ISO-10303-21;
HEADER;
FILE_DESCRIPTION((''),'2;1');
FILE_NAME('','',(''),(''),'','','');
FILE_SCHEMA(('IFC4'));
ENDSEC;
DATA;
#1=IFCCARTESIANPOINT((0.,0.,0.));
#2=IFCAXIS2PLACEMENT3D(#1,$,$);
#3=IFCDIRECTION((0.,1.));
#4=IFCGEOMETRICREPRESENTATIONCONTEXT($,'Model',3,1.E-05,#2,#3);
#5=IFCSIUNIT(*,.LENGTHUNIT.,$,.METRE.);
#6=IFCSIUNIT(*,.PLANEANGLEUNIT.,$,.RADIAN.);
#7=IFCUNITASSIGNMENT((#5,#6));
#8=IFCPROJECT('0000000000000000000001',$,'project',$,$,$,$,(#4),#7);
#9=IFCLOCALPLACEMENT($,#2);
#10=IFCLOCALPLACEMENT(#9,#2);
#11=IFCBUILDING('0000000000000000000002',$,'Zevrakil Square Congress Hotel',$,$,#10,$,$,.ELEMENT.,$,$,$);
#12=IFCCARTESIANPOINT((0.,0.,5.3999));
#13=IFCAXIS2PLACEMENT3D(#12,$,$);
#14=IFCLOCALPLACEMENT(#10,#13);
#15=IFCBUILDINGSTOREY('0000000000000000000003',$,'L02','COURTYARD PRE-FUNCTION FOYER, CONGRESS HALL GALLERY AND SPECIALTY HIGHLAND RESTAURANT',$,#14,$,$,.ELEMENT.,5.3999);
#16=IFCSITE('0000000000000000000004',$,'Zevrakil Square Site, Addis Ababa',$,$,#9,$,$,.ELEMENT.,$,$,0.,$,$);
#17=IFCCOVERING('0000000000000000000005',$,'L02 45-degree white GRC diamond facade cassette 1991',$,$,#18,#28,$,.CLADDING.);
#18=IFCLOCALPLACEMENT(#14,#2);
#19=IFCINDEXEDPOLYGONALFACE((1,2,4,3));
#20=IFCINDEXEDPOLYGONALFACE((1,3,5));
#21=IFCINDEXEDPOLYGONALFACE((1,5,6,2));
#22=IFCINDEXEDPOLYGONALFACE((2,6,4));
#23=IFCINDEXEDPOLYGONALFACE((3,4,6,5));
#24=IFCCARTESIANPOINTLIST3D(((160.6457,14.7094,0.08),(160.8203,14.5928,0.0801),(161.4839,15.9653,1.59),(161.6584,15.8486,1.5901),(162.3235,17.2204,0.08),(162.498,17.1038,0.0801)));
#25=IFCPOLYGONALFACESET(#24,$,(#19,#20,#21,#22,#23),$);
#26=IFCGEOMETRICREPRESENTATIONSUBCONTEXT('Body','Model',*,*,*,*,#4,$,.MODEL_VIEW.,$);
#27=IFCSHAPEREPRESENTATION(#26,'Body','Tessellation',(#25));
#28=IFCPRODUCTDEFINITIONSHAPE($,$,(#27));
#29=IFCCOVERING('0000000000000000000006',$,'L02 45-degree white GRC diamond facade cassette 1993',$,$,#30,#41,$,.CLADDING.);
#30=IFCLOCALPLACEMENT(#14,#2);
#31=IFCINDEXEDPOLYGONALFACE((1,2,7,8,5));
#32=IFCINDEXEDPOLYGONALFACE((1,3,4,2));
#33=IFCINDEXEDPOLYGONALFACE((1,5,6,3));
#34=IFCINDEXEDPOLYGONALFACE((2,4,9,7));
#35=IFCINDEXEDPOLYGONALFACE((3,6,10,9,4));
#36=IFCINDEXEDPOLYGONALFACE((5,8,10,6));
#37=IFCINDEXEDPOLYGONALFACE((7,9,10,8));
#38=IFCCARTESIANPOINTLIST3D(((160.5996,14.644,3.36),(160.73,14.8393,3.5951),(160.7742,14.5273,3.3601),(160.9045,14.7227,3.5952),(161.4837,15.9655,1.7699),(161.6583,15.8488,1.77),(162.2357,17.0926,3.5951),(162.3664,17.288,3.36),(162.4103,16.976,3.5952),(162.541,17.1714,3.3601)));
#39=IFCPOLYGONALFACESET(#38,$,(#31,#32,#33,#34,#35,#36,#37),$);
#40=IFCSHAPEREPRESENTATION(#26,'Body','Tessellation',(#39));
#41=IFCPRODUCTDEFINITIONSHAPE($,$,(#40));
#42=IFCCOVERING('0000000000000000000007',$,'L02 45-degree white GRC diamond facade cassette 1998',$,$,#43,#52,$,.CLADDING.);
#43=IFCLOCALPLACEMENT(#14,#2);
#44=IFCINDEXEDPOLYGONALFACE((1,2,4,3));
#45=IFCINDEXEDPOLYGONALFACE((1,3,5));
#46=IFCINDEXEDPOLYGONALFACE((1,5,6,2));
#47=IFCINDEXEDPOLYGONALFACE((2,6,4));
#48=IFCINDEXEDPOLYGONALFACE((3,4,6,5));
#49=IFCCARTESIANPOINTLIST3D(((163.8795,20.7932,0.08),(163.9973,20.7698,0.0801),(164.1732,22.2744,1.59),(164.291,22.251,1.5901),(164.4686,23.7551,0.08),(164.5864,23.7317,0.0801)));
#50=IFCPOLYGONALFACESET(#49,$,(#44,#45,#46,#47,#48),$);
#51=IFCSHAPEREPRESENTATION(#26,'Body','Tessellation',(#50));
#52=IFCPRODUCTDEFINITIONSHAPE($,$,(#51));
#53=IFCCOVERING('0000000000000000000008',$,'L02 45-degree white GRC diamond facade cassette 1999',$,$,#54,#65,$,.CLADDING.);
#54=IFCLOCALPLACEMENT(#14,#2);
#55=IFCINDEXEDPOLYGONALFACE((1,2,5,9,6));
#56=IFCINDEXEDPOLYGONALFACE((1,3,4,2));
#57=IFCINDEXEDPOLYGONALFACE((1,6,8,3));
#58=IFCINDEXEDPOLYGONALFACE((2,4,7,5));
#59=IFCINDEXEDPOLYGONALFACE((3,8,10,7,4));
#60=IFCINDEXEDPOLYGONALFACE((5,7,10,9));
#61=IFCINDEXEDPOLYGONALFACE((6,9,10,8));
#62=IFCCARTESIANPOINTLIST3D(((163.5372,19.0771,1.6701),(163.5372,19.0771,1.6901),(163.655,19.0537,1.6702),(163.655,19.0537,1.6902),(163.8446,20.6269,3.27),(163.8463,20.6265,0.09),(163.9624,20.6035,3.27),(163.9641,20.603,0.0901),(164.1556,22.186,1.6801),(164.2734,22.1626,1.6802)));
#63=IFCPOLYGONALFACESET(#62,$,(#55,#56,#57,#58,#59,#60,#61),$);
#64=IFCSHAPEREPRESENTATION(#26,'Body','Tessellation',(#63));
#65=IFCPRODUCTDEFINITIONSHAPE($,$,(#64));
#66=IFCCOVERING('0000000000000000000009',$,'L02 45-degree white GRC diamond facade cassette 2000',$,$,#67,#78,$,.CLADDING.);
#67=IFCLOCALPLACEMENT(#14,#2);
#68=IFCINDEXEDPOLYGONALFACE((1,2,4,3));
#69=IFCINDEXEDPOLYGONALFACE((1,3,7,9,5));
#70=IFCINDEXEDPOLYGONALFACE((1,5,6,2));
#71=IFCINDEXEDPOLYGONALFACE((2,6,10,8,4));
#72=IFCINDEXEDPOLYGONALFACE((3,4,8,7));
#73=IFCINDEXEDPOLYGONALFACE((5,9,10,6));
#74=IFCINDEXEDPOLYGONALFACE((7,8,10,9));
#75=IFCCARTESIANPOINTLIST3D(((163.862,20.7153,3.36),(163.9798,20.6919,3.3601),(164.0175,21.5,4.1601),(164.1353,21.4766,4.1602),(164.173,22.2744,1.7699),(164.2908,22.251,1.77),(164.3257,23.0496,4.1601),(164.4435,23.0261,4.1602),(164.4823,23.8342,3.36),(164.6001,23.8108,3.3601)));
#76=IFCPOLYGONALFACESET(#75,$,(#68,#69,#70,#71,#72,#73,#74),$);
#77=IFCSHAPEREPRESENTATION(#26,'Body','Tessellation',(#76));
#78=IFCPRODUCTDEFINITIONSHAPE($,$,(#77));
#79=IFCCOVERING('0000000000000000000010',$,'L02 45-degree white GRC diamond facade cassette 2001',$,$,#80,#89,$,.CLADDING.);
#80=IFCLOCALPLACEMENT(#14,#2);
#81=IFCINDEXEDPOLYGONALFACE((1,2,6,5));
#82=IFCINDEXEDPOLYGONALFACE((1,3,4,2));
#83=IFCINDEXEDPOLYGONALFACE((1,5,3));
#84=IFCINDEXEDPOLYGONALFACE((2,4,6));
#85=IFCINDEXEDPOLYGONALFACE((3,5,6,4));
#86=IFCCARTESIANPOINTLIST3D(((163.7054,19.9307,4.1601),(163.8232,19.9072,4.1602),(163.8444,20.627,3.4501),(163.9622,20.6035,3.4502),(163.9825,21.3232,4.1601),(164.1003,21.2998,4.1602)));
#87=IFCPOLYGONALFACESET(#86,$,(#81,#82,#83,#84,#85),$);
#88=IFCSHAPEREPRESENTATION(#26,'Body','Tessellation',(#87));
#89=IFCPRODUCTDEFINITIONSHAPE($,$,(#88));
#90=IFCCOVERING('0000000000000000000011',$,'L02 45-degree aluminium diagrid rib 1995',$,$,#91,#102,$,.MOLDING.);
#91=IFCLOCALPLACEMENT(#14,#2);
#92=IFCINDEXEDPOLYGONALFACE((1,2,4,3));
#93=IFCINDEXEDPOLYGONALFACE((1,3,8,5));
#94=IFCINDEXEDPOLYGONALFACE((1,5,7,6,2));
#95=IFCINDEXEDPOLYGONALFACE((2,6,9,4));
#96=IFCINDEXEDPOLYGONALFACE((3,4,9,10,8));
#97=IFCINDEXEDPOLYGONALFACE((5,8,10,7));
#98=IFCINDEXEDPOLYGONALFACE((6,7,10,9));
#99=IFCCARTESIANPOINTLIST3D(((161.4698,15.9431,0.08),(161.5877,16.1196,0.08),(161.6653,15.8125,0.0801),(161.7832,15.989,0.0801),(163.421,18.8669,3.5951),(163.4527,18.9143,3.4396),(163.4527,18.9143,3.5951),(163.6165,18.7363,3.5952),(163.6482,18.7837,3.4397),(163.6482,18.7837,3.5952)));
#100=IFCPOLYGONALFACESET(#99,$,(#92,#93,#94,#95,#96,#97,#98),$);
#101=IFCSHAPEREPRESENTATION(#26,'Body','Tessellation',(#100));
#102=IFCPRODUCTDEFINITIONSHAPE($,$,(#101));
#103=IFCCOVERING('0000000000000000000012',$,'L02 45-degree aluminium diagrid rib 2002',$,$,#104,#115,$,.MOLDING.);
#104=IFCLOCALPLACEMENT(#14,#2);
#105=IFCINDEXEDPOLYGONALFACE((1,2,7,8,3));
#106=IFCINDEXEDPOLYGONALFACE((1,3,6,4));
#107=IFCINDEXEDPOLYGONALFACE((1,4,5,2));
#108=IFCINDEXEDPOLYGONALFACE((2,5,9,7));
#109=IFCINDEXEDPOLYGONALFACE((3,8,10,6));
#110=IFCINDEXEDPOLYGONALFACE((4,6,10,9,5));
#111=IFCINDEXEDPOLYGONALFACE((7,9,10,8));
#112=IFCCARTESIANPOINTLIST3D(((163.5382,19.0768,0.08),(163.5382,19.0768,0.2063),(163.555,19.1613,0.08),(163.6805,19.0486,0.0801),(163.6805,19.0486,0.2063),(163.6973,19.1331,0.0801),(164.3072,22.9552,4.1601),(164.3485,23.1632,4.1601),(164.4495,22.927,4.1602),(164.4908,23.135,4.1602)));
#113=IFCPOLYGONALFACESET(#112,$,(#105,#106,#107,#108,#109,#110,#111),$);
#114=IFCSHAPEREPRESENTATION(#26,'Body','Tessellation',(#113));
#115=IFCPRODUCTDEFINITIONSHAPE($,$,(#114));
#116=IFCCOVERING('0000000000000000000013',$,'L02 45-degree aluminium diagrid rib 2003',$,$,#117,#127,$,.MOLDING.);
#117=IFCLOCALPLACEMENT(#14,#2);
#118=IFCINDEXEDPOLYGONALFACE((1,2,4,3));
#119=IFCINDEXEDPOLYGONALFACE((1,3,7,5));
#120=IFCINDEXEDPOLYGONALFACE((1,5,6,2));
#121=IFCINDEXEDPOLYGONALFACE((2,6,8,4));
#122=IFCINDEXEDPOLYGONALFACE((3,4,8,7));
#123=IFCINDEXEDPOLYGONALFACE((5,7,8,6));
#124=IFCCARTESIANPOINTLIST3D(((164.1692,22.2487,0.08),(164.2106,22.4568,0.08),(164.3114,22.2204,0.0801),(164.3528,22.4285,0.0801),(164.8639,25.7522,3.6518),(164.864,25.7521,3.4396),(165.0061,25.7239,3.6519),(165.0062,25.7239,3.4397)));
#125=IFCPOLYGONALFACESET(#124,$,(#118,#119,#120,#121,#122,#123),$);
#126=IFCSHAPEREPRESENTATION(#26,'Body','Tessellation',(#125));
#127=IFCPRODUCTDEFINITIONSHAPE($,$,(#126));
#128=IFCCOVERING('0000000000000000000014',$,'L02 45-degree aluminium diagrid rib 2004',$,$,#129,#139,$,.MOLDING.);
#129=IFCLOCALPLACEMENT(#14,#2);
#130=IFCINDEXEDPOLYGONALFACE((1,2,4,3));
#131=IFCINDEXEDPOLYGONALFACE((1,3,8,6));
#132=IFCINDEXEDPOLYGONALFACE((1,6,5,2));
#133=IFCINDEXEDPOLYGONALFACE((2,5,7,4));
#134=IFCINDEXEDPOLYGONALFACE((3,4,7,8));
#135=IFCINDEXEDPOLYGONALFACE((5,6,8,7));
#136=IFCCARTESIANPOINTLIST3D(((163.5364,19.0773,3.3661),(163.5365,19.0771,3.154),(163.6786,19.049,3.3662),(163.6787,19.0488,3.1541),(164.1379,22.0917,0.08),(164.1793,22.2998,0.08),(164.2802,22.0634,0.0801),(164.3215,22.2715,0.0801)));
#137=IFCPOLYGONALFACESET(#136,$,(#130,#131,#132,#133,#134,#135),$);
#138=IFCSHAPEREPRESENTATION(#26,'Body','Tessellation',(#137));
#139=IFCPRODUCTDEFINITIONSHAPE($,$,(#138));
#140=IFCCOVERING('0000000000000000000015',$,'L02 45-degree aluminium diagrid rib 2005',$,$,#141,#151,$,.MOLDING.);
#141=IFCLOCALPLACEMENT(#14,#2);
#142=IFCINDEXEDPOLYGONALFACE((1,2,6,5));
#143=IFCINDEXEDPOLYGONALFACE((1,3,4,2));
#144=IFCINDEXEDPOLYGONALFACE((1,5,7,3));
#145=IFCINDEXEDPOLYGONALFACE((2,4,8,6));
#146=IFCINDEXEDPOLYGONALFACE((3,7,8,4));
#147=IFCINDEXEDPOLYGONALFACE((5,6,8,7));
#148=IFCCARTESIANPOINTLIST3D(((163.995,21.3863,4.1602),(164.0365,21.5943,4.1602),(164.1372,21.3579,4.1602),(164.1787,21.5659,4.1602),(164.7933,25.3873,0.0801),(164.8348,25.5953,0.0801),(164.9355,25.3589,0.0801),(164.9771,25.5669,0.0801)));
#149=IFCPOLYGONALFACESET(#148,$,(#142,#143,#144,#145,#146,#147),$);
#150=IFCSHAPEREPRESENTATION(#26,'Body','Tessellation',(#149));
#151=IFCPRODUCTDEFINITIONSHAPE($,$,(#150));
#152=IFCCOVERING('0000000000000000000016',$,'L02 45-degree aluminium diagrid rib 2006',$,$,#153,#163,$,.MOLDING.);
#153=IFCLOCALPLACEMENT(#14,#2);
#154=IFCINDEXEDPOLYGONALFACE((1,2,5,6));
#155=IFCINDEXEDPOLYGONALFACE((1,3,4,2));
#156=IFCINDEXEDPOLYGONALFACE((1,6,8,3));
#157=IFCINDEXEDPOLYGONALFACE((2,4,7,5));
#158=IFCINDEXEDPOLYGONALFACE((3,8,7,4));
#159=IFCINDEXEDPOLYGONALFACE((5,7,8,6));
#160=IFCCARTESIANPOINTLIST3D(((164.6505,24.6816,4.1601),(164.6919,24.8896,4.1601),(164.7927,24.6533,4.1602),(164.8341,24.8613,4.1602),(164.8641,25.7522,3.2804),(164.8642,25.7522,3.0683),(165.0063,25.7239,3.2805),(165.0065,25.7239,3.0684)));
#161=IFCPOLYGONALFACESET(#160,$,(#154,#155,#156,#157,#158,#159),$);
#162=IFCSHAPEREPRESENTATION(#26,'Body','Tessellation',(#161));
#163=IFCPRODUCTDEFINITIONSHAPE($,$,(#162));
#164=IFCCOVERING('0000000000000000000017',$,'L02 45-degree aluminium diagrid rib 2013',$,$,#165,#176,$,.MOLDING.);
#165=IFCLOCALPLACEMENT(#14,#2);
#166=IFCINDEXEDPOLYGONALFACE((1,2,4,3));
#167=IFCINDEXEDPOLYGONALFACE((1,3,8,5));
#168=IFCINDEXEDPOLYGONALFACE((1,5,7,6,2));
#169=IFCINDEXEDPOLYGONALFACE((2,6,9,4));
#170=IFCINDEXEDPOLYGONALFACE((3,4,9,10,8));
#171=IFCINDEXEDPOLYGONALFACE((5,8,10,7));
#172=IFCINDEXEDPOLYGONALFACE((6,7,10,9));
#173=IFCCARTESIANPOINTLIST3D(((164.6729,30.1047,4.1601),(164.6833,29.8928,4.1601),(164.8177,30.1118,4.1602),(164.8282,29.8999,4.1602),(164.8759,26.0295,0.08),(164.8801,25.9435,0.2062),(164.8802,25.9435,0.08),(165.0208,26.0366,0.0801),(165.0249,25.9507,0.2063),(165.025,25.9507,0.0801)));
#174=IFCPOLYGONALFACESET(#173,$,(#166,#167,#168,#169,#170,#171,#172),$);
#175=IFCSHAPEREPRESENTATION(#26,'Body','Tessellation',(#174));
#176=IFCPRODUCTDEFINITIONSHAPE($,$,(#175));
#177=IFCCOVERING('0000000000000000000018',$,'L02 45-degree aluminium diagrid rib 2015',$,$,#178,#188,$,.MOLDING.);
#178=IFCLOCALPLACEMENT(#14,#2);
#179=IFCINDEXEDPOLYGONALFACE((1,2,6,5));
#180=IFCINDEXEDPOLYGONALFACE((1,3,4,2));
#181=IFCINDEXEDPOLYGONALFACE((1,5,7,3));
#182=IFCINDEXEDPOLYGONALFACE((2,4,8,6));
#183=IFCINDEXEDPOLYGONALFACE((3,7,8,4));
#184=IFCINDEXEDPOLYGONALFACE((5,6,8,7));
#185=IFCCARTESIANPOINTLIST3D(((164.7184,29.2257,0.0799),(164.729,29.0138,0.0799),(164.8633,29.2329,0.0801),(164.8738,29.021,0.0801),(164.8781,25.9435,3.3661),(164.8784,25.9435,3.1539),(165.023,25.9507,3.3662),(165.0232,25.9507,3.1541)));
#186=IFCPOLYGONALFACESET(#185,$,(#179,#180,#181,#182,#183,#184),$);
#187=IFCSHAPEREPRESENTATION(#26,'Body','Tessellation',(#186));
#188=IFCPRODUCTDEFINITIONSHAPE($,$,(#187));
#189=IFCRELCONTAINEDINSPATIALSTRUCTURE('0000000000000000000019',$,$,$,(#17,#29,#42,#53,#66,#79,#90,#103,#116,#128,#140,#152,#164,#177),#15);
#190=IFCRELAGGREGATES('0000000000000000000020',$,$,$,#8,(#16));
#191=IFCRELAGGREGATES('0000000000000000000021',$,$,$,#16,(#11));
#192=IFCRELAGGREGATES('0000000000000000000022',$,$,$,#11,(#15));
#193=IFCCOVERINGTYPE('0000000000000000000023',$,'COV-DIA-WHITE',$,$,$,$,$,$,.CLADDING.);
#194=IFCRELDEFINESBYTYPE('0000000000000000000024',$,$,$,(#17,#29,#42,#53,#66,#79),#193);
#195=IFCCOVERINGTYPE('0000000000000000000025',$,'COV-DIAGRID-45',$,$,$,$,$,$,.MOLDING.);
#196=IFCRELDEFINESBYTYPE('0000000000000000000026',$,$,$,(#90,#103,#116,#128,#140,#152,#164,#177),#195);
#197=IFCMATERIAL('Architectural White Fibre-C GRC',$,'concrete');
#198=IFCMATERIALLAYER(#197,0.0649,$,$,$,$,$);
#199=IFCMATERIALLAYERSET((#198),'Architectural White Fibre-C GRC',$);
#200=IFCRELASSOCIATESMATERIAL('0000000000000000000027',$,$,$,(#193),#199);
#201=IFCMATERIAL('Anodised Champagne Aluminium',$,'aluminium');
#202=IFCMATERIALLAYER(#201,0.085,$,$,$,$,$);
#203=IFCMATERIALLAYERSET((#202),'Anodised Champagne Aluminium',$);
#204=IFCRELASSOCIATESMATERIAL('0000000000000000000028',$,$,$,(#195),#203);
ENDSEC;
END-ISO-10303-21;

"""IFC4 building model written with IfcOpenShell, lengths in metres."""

from ifc_helpers import new_model, si_unit, direction, frame, origin, place, context, subcontext, project, spatial, polyline, outline, extrude, material, layer, layer_set, type_object, element, save


model = new_model("IFC4")

# Units and contexts
model_context = context("Model", 3, precision=1e-05, world=origin(), true_north=direction((0.0, 1.0)))
body_context = subcontext(model_context, "Body", "Model", "MODEL_VIEW")
ifc_project = project(units=[si_unit("LENGTHUNIT", "METRE"), si_unit("PLANEANGLEUNIT", "RADIAN")], contexts=[model_context])

# Site, building, storey
site_placement = place(None, origin())
site = spatial("IfcSite", under=ifc_project, at=site_placement, Name="Zevrakil Square Site, Addis Ababa", CompositionType="ELEMENT", RefElevation=0.0)
building_placement = place(site_placement, origin())
building = spatial("IfcBuilding", under=site, at=building_placement, Name="Zevrakil Square Congress Hotel", CompositionType="ELEMENT")
storey_placement = place(building_placement, frame((0.0, 0.0, 5.3999)))
storey = spatial("IfcBuildingStorey", under=building, at=storey_placement, Name="L02", Description="COURTYARD PRE-FUNCTION FOYER, CONGRESS HALL GALLERY AND SPECIALTY HIGHLAND RESTAURANT", CompositionType="ELEMENT", Elevation=5.3999)

# Coverings
ifc_material_1 = material(Name="Architectural White Fibre-C GRC", Category="concrete")
ifc_layer_1 = layer(ifc_material_1, 0.0649)
ifc_layer_set_1 = layer_set([ifc_layer_1], Name="Architectural White Fibre-C GRC")
covering_type_1 = type_object("IfcCoveringType", Name="COV-DIA-WHITE", PredefinedType="CLADDING", material=ifc_layer_set_1)
covering_1_placement = place(storey_placement, frame((161.6584, 15.8486, 1.5901), z_axis=(0.831478, -0.555558, 0.000538), x_axis=(0.393161, 0.587741, -0.707096)))
element("IfcCovering", 1, at=covering_1_placement, inside=storey, type_object=covering_type_1, Name="L02 45-degree white GRC diamond facade cassette 1991", PredefinedType="CLADDING", context=body_context, shape_type="SweptSolid", body=[
    extrude(outline(polyline([(0.0, 0.0), (2.1355, 0.0), (0.0001, -2.1354), (0.0, 0.0)])), origin(), (0.0, 0.0, -1.0), 0.21),
])
covering_2_placement = place(storey_placement, frame((162.541, 17.1714, 3.3601), z_axis=(0.831451, -0.555598, 0.00057), x_axis=(-0.392533, -0.588149, -0.707106)))
element("IfcCovering", 2, at=covering_2_placement, inside=storey, type_object=covering_type_1, Name="L02 45-degree white GRC diamond facade cassette 1993", PredefinedType="CLADDING", context=body_context, shape_type="SweptSolid", body=[
    extrude(outline(polyline([(0.0, 0.0), (2.2487, 0.0), (2.2486, -2.2486), (1.9163, -2.2488), (0.0, -0.3325), (0.0, 0.0)])), origin(), (0.0, 0.0, -1.0), 0.21),
])
covering_3_placement = place(storey_placement, frame((164.291, 22.251, 1.5901), z_axis=(0.980788, -0.195074, 0.000587), x_axis=(0.13834, 0.693414, -0.707134)))
element("IfcCovering", 3, at=covering_3_placement, inside=storey, type_object=covering_type_1, Name="L02 45-degree white GRC diamond facade cassette 1998", PredefinedType="CLADDING", context=body_context, shape_type="SweptSolid", body=[
    extrude(outline(polyline([(0.0, 0.0), (2.1354, 0.0), (0.0001, -2.1355), (0.0, 0.0)])), origin(), (0.0, 0.0, -1.0), 0.1201),
])
covering_4_placement = place(storey_placement, frame((163.9624, 20.6035, 3.27), z_axis=(0.980784, -0.195094, 0.000555), x_axis=(0.138336, 0.693434, -0.707115)))
element("IfcCovering", 4, at=covering_4_placement, inside=storey, type_object=covering_type_1, Name="L02 45-degree white GRC diamond facade cassette 1999", PredefinedType="CLADDING", context=body_context, shape_type="SweptSolid", body=[
    extrude(outline(polyline([(0.0, 0.0), (2.2484, 0.0), (2.2485, -2.2486), (0.0141, -2.2485), (-0.0001, -2.2343), (0.0, 0.0)])), origin(), (0.0, 0.0, -1.0), 0.1201),
])
covering_5_placement = place(storey_placement, frame((164.6001, 23.8108, 3.3601), z_axis=(0.980789, -0.195073, 0.000605), x_axis=(-0.13752, -0.693618, -0.707095)))
element("IfcCovering", 5, at=covering_5_placement, inside=storey, type_object=covering_type_1, Name="L02 45-degree white GRC diamond facade cassette 2000", PredefinedType="CLADDING", context=body_context, shape_type="SweptSolid", body=[
    extrude(outline(polyline([(0.0, 0.0), (2.2488, 0.0), (2.2486, -2.2486), (1.1172, -2.2486), (0.0001, -1.1315), (0.0, 0.0)])), origin(), (0.0, 0.0, -1.0), 0.1201),
])
covering_6_placement = place(storey_placement, frame((163.9622, 20.6035, 3.4502), z_axis=(0.980772, -0.195157, 0.000506), x_axis=(-0.138353, -0.693465, 0.707082)))
element("IfcCovering", 6, at=covering_6_placement, inside=storey, type_object=covering_type_1, Name="L02 45-degree white GRC diamond facade cassette 2001", PredefinedType="CLADDING", context=body_context, shape_type="SweptSolid", body=[
    extrude(outline(polyline([(0.0, 0.0), (1.0041, 0.0), (0.0, -1.004), (0.0, 0.0)])), origin(), (0.0, 0.0, -1.0), 0.1201),
])
ifc_material_2 = material(Name="Anodised Champagne Aluminium", Category="aluminium")
ifc_layer_2 = layer(ifc_material_2, 0.085)
ifc_layer_set_2 = layer_set([ifc_layer_2], Name="Anodised Champagne Aluminium")
covering_type_2 = type_object("IfcCoveringType", Name="COV-DIAGRID-45", PredefinedType="MOLDING", material=ifc_layer_set_2)
covering_7_placement = place(storey_placement, frame((161.7832, 15.989, 0.0801), z_axis=(0.831509, -0.555511, 0.0005), x_axis=(-0.555511, -0.831509, 0.0)))
element("IfcCovering", 7, at=covering_7_placement, inside=storey, type_object=covering_type_2, Name="L02 45-degree aluminium diagrid rib 1995", PredefinedType="MOLDING", context=body_context, shape_type="SweptSolid", body=[
    extrude(outline(polyline([(0.0, 0.0), (0.2123, 0.0), (-3.3028, -3.5151), (-3.3598, -3.5151), (-3.3598, -3.3596), (0.0, 0.0)])), origin(), (0.0, 0.0, -1.0), 0.2351),
])
covering_8_placement = place(storey_placement, frame((163.6973, 19.1331, 0.0801), z_axis=(0.980852, -0.194753, 0.00026), x_axis=(-0.194753, -0.980852, 0.0)))
element("IfcCovering", 8, at=covering_8_placement, inside=storey, type_object=covering_type_2, Name="L02 45-degree aluminium diagrid rib 2002", PredefinedType="MOLDING", context=body_context, shape_type="SweptSolid", body=[
    extrude(outline(polyline([(0.0, 0.0), (0.0861, 0.0), (0.0861, -0.1262), (-3.8678, -4.0801), (-4.0799, -4.0801), (0.0, 0.0)])), origin(), (0.0, 0.0, -1.0), 0.145),
])
covering_9_placement = place(storey_placement, frame((164.3528, 22.4285, 0.0801), z_axis=(0.980785, -0.195089, 0.000596), x_axis=(-0.195089, -0.980786, 0.0)))
element("IfcCovering", 9, at=covering_9_placement, inside=storey, type_object=covering_type_2, Name="L02 45-degree aluminium diagrid rib 2003", PredefinedType="MOLDING", context=body_context, shape_type="SweptSolid", body=[
    extrude(outline(polyline([(0.0, 0.0), (0.2121, 0.0), (-3.3595, -3.5718), (-3.3595, -3.3596), (0.0, 0.0)])), origin(), (0.0, 0.0, -1.0), 0.145),
])
covering_10_placement = place(storey_placement, frame((163.6787, 19.0488, 3.1541), z_axis=(0.980803, -0.195002, 0.000669), x_axis=(-0.00048, 0.001017, 0.999999)))
element("IfcCovering", 10, at=covering_10_placement, inside=storey, type_object=covering_type_2, Name="L02 45-degree aluminium diagrid rib 2004", PredefinedType="MOLDING", context=body_context, shape_type="SweptSolid", body=[
    extrude(outline(polyline([(0.0, 0.0), (0.2122, 0.0), (-3.071, -3.2889), (-3.0712, -3.0768), (0.0, 0.0)])), origin(), (0.0, 0.0, -1.0), 0.145),
])
covering_11_placement = place(storey_placement, frame((164.1372, 21.3579, 4.1602), z_axis=(0.980669, -0.195673, 0.000006), x_axis=(0.195673, 0.980669, 0.0)))
element("IfcCovering", 11, at=covering_11_placement, inside=storey, type_object=covering_type_2, Name="L02 45-degree aluminium diagrid rib 2005", PredefinedType="MOLDING", context=body_context, shape_type="SweptSolid", body=[
    extrude(outline(polyline([(0.0, 0.0), (0.2121, 0.0), (4.292, -4.0801), (4.0798, -4.0801), (0.0, 0.0)])), origin(), (0.0, 0.0, -1.0), 0.145),
])
covering_12_placement = place(storey_placement, frame((164.7927, 24.6533, 4.1602), z_axis=(0.980766, -0.195186, 0.000632), x_axis=(0.195186, 0.980766, 0.0)))
element("IfcCovering", 12, at=covering_12_placement, inside=storey, type_object=covering_type_2, Name="L02 45-degree aluminium diagrid rib 2006", PredefinedType="MOLDING", context=body_context, shape_type="SweptSolid", body=[
    extrude(outline(polyline([(0.0, 0.0), (0.2121, 0.0), (1.0917, -0.8796), (1.0917, -1.0918), (0.0, 0.0)])), origin(), (0.0, 0.0, -1.0), 0.145),
])
covering_13_placement = place(storey_placement, frame((165.0208, 26.0366, 0.0801), z_axis=(0.998783, 0.049308, 0.000456), x_axis=(0.049308, -0.998784, 0.0)))
element("IfcCovering", 13, at=covering_13_placement, inside=storey, type_object=covering_type_2, Name="L02 45-degree aluminium diagrid rib 2013", PredefinedType="MOLDING", context=body_context, shape_type="SweptSolid", body=[
    extrude(outline(polyline([(0.0, 0.0), (0.086, 0.0), (0.086, -0.1262), (-3.8681, -4.0801), (-4.0803, -4.0801), (0.0, 0.0)])), origin(), (0.0, 0.0, -1.0), 0.145),
])
covering_14_placement = place(storey_placement, frame((165.0232, 25.9507, 3.1541), z_axis=(0.998768, 0.049612, 0.001016), x_axis=(-0.001017, 0.000007, 0.999999)))
element("IfcCovering", 14, at=covering_14_placement, inside=storey, type_object=covering_type_2, Name="L02 45-degree aluminium diagrid rib 2015", PredefinedType="MOLDING", context=body_context, shape_type="SweptSolid", body=[
    extrude(outline(polyline([(0.0, 0.0), (0.2122, 0.0), (-3.0738, -3.2863), (-3.0738, -3.0741), (0.0, 0.0)])), origin(), (0.0, 0.0, -1.0), 0.145),
])

save(model, "model.ifc")
